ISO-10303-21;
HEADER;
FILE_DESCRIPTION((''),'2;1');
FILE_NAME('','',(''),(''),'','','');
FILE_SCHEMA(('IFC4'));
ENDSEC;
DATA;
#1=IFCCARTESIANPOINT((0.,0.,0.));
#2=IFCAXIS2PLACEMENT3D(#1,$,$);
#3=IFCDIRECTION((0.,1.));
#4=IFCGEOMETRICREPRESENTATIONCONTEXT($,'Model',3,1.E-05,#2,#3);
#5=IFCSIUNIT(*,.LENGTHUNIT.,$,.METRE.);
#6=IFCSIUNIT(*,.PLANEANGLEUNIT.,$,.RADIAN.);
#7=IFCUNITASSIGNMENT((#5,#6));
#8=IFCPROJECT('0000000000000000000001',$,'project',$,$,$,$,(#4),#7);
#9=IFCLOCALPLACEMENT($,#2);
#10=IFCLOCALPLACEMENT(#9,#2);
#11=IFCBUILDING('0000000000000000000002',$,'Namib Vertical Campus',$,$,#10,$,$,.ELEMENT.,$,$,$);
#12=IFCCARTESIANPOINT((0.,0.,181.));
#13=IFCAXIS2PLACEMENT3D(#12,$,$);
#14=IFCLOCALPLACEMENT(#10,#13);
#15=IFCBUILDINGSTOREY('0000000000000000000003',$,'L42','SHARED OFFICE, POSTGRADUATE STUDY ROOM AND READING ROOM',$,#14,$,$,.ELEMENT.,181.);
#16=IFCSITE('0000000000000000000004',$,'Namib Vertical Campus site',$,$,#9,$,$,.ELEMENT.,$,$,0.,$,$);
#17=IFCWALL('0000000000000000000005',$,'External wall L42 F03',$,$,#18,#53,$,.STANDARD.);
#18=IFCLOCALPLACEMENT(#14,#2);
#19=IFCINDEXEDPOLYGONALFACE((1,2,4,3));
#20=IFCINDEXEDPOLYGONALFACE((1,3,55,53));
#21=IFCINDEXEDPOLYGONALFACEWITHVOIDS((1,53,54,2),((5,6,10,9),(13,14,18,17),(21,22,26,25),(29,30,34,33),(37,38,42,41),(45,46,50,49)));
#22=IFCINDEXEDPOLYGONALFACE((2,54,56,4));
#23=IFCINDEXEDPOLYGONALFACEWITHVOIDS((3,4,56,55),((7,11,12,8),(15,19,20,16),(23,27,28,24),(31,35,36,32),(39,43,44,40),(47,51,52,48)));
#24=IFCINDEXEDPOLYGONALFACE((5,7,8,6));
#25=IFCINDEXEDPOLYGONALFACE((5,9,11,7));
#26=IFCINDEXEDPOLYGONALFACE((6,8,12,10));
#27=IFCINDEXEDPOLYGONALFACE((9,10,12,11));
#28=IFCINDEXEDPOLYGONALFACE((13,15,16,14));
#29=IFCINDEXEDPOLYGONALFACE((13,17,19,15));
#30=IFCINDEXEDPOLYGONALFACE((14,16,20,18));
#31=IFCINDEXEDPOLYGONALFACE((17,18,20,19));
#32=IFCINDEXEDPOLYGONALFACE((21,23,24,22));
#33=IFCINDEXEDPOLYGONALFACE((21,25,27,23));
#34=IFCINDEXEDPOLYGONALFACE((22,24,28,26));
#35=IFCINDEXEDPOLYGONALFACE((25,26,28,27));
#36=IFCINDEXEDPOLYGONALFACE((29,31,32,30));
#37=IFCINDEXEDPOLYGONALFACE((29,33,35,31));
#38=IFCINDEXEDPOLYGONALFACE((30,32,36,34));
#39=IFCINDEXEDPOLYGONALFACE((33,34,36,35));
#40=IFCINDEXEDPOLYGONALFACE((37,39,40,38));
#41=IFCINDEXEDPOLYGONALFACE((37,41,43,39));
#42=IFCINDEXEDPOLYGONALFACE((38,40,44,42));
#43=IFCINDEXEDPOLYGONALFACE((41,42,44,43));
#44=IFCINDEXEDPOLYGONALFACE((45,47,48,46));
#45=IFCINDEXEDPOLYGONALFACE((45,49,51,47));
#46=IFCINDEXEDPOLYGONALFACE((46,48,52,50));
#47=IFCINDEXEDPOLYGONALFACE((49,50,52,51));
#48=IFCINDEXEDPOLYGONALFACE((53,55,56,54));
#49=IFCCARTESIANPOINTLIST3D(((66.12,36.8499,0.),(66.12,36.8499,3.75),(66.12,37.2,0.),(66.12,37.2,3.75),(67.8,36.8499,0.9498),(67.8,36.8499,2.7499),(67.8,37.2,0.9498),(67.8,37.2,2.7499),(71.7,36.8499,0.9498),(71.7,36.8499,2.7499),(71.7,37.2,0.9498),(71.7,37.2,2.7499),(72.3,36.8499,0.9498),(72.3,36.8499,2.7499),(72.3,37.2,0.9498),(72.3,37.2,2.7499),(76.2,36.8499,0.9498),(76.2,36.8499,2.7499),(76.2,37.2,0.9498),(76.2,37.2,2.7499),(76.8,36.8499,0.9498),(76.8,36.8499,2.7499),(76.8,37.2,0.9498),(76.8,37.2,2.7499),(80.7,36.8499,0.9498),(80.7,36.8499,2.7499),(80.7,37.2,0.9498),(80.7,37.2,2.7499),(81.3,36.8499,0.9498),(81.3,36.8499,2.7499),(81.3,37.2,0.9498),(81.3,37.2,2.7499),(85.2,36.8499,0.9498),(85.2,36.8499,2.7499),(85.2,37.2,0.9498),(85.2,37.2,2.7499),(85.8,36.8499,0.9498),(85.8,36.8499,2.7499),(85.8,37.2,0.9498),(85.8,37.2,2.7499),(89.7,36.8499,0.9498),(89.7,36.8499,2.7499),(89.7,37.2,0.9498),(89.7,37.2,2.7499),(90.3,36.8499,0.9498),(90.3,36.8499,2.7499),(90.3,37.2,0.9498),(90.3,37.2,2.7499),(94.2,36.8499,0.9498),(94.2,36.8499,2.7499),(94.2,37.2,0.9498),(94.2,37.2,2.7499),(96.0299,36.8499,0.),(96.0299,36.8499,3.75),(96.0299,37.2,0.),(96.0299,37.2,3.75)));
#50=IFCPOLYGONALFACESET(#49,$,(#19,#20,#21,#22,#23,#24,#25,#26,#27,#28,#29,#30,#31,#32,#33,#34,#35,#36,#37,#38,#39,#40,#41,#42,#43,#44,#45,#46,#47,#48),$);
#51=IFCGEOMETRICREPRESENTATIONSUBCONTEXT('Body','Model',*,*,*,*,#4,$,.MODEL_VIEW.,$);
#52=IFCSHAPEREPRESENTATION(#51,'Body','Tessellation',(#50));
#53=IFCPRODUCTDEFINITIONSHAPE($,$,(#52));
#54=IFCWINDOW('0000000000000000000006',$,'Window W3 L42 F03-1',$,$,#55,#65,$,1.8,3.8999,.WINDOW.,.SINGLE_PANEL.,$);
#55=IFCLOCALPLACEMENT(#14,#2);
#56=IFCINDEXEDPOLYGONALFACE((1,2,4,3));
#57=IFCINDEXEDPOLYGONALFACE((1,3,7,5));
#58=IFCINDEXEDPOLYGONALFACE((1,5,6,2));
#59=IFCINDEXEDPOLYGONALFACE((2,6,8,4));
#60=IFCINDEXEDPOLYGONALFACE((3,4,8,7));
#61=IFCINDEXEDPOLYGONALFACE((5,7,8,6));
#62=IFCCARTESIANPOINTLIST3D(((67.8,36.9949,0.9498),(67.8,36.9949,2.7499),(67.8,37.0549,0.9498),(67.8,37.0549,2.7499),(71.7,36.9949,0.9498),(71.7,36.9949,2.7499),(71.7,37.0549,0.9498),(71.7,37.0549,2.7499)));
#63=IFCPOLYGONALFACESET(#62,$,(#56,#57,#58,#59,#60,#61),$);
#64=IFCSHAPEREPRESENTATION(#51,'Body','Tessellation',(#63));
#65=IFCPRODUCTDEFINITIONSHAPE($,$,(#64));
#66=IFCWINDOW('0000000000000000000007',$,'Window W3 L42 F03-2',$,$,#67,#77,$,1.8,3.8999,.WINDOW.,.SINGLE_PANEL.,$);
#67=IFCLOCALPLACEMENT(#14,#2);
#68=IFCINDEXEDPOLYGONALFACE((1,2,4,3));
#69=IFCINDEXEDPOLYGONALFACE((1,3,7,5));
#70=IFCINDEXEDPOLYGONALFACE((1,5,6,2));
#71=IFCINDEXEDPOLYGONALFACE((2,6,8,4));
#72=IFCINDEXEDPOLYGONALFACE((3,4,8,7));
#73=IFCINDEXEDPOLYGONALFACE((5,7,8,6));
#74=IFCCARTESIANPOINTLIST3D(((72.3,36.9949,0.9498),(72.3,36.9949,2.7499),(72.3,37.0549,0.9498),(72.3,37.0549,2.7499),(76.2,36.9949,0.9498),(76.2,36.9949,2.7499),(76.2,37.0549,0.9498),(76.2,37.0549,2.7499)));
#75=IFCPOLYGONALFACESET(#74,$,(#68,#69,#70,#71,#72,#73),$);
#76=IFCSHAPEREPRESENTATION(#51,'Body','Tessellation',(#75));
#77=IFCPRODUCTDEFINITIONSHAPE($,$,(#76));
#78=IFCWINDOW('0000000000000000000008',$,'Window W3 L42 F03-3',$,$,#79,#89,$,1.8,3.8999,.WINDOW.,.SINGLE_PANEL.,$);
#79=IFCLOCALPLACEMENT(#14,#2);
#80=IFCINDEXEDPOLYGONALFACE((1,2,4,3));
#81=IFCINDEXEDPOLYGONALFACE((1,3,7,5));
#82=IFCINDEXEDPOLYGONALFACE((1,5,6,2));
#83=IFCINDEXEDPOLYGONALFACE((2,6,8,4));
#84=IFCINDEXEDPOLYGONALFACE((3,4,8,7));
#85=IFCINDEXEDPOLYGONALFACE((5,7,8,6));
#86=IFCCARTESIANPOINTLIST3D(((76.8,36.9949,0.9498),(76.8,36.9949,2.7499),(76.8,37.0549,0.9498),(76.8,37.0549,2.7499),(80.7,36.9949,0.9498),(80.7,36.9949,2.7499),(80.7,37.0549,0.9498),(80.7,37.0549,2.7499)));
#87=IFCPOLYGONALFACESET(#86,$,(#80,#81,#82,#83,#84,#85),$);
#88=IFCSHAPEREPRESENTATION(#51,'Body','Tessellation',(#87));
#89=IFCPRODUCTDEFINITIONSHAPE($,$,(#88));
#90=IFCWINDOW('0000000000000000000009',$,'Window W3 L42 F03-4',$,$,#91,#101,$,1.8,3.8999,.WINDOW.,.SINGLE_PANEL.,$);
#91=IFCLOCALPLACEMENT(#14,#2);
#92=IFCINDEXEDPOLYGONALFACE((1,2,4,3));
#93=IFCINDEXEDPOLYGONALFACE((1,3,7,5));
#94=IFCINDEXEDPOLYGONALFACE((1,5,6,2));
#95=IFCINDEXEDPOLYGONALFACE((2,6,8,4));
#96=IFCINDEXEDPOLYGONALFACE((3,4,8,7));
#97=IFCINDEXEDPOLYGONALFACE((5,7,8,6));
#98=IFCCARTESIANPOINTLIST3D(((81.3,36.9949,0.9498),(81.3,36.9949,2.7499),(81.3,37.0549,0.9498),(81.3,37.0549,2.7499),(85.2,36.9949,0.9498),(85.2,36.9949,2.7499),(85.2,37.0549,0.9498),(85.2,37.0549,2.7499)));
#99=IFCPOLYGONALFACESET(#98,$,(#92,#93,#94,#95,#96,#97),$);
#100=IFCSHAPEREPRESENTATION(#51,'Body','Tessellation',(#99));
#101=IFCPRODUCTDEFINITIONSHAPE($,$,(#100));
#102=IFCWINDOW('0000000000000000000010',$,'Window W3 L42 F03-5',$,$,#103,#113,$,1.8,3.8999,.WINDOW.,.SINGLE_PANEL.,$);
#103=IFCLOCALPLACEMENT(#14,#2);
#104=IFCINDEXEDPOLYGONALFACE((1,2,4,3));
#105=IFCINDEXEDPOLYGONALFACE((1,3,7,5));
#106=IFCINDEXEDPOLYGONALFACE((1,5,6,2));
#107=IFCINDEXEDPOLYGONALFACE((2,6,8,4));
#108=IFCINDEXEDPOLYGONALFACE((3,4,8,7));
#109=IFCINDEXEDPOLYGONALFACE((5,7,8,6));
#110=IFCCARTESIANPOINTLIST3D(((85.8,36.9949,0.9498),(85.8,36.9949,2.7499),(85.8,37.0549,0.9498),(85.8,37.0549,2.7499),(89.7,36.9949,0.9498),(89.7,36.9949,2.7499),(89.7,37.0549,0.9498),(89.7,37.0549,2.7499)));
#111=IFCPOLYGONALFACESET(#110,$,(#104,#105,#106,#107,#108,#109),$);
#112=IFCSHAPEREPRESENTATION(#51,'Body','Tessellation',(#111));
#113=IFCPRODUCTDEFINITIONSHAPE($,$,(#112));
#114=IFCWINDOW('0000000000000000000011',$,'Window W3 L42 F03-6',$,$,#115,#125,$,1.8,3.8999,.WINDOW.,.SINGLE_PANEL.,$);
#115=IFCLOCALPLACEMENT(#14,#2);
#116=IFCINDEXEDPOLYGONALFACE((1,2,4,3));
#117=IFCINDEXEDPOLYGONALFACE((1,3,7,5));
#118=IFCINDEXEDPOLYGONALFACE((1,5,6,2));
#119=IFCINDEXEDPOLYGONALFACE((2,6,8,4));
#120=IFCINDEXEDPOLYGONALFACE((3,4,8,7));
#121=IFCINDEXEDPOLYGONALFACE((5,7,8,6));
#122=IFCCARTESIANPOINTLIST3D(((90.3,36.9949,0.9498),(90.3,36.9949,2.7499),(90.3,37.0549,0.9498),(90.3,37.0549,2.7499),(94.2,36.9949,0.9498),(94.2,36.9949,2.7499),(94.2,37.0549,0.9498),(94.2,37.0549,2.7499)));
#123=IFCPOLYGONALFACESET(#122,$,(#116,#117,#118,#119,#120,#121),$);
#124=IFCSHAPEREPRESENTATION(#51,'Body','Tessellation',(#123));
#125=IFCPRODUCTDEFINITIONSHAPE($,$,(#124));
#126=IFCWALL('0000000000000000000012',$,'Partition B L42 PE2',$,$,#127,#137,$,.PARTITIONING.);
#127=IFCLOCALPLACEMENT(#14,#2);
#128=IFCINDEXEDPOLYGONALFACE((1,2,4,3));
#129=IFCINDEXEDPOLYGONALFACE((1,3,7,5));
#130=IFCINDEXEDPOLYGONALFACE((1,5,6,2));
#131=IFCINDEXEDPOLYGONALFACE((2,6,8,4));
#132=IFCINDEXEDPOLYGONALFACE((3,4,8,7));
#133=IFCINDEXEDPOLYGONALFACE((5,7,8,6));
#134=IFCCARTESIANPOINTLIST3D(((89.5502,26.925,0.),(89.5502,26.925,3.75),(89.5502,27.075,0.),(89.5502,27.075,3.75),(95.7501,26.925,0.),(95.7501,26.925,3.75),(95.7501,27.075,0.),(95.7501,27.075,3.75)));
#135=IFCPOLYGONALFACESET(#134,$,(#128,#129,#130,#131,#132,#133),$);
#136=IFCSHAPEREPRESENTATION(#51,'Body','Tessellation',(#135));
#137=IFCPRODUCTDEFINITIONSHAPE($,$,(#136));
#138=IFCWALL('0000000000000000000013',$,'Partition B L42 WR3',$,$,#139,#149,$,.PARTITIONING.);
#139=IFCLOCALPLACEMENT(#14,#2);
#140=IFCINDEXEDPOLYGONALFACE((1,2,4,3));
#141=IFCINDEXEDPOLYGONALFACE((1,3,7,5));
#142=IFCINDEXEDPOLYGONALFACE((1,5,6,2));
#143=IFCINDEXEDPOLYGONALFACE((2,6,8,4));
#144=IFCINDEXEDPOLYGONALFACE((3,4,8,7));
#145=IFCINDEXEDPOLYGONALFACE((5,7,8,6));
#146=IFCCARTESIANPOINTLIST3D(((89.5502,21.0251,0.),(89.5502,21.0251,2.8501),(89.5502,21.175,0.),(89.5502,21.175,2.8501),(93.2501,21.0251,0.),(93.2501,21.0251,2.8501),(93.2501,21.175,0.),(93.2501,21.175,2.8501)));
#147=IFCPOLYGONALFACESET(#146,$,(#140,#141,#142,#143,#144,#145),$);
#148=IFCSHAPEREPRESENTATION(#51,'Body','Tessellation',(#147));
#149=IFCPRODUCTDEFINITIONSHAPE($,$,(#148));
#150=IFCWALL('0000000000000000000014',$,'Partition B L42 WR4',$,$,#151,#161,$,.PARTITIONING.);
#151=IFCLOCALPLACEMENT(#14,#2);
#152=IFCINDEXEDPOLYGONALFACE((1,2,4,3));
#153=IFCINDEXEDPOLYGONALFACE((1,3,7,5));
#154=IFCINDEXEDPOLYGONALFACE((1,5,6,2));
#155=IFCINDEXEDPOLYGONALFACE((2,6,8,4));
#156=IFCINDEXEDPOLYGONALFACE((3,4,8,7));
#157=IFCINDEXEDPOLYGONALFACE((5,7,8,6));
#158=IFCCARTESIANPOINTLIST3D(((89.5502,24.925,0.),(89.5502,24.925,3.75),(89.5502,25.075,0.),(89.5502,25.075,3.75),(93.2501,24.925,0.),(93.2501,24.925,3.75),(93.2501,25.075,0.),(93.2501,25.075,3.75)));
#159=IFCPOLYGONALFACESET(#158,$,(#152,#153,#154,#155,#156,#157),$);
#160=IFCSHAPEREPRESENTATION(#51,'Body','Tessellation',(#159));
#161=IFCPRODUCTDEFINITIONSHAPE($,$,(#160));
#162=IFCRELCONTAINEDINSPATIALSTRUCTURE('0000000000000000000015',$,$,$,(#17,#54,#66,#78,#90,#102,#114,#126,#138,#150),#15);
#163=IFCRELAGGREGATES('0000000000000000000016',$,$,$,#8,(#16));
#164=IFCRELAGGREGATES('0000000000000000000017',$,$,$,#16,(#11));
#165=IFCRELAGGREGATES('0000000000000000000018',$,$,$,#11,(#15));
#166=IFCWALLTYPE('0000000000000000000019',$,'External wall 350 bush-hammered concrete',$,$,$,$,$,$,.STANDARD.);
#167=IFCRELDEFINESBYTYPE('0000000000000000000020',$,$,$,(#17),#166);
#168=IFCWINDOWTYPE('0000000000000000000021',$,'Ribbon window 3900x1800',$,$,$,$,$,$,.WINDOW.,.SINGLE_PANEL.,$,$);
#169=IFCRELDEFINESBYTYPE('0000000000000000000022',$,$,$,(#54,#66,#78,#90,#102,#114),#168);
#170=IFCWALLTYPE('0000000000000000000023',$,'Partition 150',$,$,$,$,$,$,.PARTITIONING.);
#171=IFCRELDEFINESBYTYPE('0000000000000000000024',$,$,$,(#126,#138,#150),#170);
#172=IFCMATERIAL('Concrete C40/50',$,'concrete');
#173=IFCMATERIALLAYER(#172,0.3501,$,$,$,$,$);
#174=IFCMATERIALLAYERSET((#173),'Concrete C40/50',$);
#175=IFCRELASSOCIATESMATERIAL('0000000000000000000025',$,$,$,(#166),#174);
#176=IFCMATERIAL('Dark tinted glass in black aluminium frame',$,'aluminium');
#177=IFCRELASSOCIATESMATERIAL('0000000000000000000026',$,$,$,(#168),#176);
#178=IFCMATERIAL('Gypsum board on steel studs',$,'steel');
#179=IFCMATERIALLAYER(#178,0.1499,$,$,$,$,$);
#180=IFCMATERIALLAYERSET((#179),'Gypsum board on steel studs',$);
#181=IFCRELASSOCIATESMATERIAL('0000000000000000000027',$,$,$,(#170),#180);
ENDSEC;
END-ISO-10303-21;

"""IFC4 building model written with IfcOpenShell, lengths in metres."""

from ifc_helpers import new_model, si_unit, direction, frame, frame_2d, origin, place, context, subcontext, project, spatial, rectangle, extrude, material, layer, layer_set, type_object, element, fill, save


model = new_model("IFC4")

# Units and contexts
model_context = context("Model", 3, precision=1e-05, world=origin(), true_north=direction((0.0, 1.0)))
body_context = subcontext(model_context, "Body", "Model", "MODEL_VIEW")
ifc_project = project(units=[si_unit("LENGTHUNIT", "METRE"), si_unit("PLANEANGLEUNIT", "RADIAN")], contexts=[model_context])

# Site, building, storey
site_placement = place(None, origin())
site = spatial("IfcSite", under=ifc_project, at=site_placement, Name="Namib Vertical Campus site", CompositionType="ELEMENT", RefElevation=0.0)
building_placement = place(site_placement, origin())
building = spatial("IfcBuilding", under=site, at=building_placement, Name="Namib Vertical Campus", CompositionType="ELEMENT")
storey_placement = place(building_placement, frame((0.0, 0.0, 181.0)))
storey = spatial("IfcBuildingStorey", under=building, at=storey_placement, Name="L42", Description="SHARED OFFICE, POSTGRADUATE STUDY ROOM AND READING ROOM", CompositionType="ELEMENT", Elevation=181.0)

# Wall, openings, windows
ifc_material_1 = material(Name="Concrete C40/50", Category="concrete")
ifc_layer_1 = layer(ifc_material_1, 0.3501)
ifc_layer_set_1 = layer_set([ifc_layer_1], Name="Concrete C40/50")
wall_type_1 = type_object("IfcWallType", Name="External wall 350 bush-hammered concrete", PredefinedType="STANDARD", material=ifc_layer_set_1)
wall_1_placement = place(storey_placement, frame((96.03, 37.0249, 0.0), z_axis=(0.0, 0.0, 1.0), x_axis=(-1.0, 0.0, 0.0)))
wall_1 = element("IfcWall", 1, at=wall_1_placement, inside=storey, type_object=wall_type_1, Name="External wall L42 F03", PredefinedType="STANDARD", context=body_context, shape_type="SweptSolid", body=[
    extrude(rectangle(XDim=29.9099, YDim=0.3501, at=frame_2d((14.9551, 0.0))), origin(), (0.0, 0.0, 1.0), 3.75),
])
opening_1_placement = place(wall_1_placement, frame((24.3301, 0.0, 0.95)))
opening_1 = element("IfcOpeningElement", 2, at=opening_1_placement, cuts=wall_1, PredefinedType="OPENING", context=body_context, shape_type="SweptSolid", body=[
    extrude(rectangle(XDim=3.8999, YDim=1.8, at=frame_2d((1.95, 0.8999))), frame((0.0, 0.1851, 0.0), z_axis=(0.0, -1.0, 0.0), x_axis=(1.0, 0.0, 0.0)), (0.0, 0.0, 1.0), 0.3701),
])
opening_2_placement = place(wall_1_placement, frame((19.8301, 0.0, 0.95)))
opening_2 = element("IfcOpeningElement", 3, at=opening_2_placement, cuts=wall_1, PredefinedType="OPENING", context=body_context, shape_type="SweptSolid", body=[
    extrude(rectangle(XDim=3.8999, YDim=1.8, at=frame_2d((1.95, 0.8999))), frame((0.0, 0.1851, 0.0), z_axis=(0.0, -1.0, 0.0), x_axis=(1.0, 0.0, 0.0)), (0.0, 0.0, 1.0), 0.3701),
])
opening_3_placement = place(wall_1_placement, frame((15.3301, 0.0, 0.95)))
opening_3 = element("IfcOpeningElement", 4, at=opening_3_placement, cuts=wall_1, PredefinedType="OPENING", context=body_context, shape_type="SweptSolid", body=[
    extrude(rectangle(XDim=3.8999, YDim=1.8, at=frame_2d((1.95, 0.8999))), frame((0.0, 0.1851, 0.0), z_axis=(0.0, -1.0, 0.0), x_axis=(1.0, 0.0, 0.0)), (0.0, 0.0, 1.0), 0.3701),
])
opening_4_placement = place(wall_1_placement, frame((10.8301, 0.0, 0.95)))
opening_4 = element("IfcOpeningElement", 5, at=opening_4_placement, cuts=wall_1, PredefinedType="OPENING", context=body_context, shape_type="SweptSolid", body=[
    extrude(rectangle(XDim=3.8999, YDim=1.8, at=frame_2d((1.95, 0.8999))), frame((0.0, 0.1851, 0.0), z_axis=(0.0, -1.0, 0.0), x_axis=(1.0, 0.0, 0.0)), (0.0, 0.0, 1.0), 0.3701),
])
opening_5_placement = place(wall_1_placement, frame((6.3301, 0.0, 0.95)))
opening_5 = element("IfcOpeningElement", 6, at=opening_5_placement, cuts=wall_1, PredefinedType="OPENING", context=body_context, shape_type="SweptSolid", body=[
    extrude(rectangle(XDim=3.8999, YDim=1.8, at=frame_2d((1.95, 0.8999))), frame((0.0, 0.1851, 0.0), z_axis=(0.0, -1.0, 0.0), x_axis=(1.0, 0.0, 0.0)), (0.0, 0.0, 1.0), 0.3701),
])
opening_6_placement = place(wall_1_placement, frame((1.8301, 0.0, 0.95)))
opening_6 = element("IfcOpeningElement", 7, at=opening_6_placement, cuts=wall_1, PredefinedType="OPENING", context=body_context, shape_type="SweptSolid", body=[
    extrude(rectangle(XDim=3.8999, YDim=1.8, at=frame_2d((1.95, 0.8999))), frame((0.0, 0.1851, 0.0), z_axis=(0.0, -1.0, 0.0), x_axis=(1.0, 0.0, 0.0)), (0.0, 0.0, 1.0), 0.3701),
])
ifc_material_2 = material(Name="Dark tinted glass in black aluminium frame", Category="aluminium")
window_type = type_object("IfcWindowType", Name="Ribbon window 3900x1800", PartitioningType="SINGLE_PANEL", PredefinedType="WINDOW", material=ifc_material_2)
window_1_placement = place(opening_1_placement, origin())
window_1 = element("IfcWindow", 8, at=window_1_placement, inside=storey, type_object=window_type, Name="Window W3 L42 F03-1", OverallHeight=1.8, OverallWidth=3.8999, PartitioningType="SINGLE_PANEL", PredefinedType="WINDOW", context=body_context, shape_type="SweptSolid", body=[
    extrude(rectangle(XDim=3.8999, YDim=1.8, at=frame_2d((1.95, 0.8999))), frame((0.0, 0.03, 0.0), z_axis=(0.0, -1.0, 0.0), x_axis=(1.0, 0.0, 0.0)), (0.0, 0.0, 1.0), 0.0601),
])
fill(opening_1, window_1)
window_2_placement = place(opening_2_placement, origin())
window_2 = element("IfcWindow", 9, at=window_2_placement, inside=storey, type_object=window_type, Name="Window W3 L42 F03-2", OverallHeight=1.8, OverallWidth=3.8999, PartitioningType="SINGLE_PANEL", PredefinedType="WINDOW", context=body_context, shape_type="SweptSolid", body=[
    extrude(rectangle(XDim=3.8999, YDim=1.8, at=frame_2d((1.95, 0.8999))), frame((0.0, 0.03, 0.0), z_axis=(0.0, -1.0, 0.0), x_axis=(1.0, 0.0, 0.0)), (0.0, 0.0, 1.0), 0.0601),
])
fill(opening_2, window_2)
window_3_placement = place(opening_3_placement, origin())
window_3 = element("IfcWindow", 10, at=window_3_placement, inside=storey, type_object=window_type, Name="Window W3 L42 F03-3", OverallHeight=1.8, OverallWidth=3.8999, PartitioningType="SINGLE_PANEL", PredefinedType="WINDOW", context=body_context, shape_type="SweptSolid", body=[
    extrude(rectangle(XDim=3.8999, YDim=1.8, at=frame_2d((1.95, 0.8999))), frame((0.0, 0.03, 0.0), z_axis=(0.0, -1.0, 0.0), x_axis=(1.0, 0.0, 0.0)), (0.0, 0.0, 1.0), 0.0601),
])
fill(opening_3, window_3)
window_4_placement = place(opening_4_placement, origin())
window_4 = element("IfcWindow", 11, at=window_4_placement, inside=storey, type_object=window_type, Name="Window W3 L42 F03-4", OverallHeight=1.8, OverallWidth=3.8999, PartitioningType="SINGLE_PANEL", PredefinedType="WINDOW", context=body_context, shape_type="SweptSolid", body=[
    extrude(rectangle(XDim=3.8999, YDim=1.8, at=frame_2d((1.95, 0.8999))), frame((0.0, 0.03, 0.0), z_axis=(0.0, -1.0, 0.0), x_axis=(1.0, 0.0, 0.0)), (0.0, 0.0, 1.0), 0.0601),
])
fill(opening_4, window_4)
window_5_placement = place(opening_5_placement, origin())
window_5 = element("IfcWindow", 12, at=window_5_placement, inside=storey, type_object=window_type, Name="Window W3 L42 F03-5", OverallHeight=1.8, OverallWidth=3.8999, PartitioningType="SINGLE_PANEL", PredefinedType="WINDOW", context=body_context, shape_type="SweptSolid", body=[
    extrude(rectangle(XDim=3.8999, YDim=1.8, at=frame_2d((1.95, 0.8999))), frame((0.0, 0.03, 0.0), z_axis=(0.0, -1.0, 0.0), x_axis=(1.0, 0.0, 0.0)), (0.0, 0.0, 1.0), 0.0601),
])
fill(opening_5, window_5)
window_6_placement = place(opening_6_placement, origin())
window_6 = element("IfcWindow", 13, at=window_6_placement, inside=storey, type_object=window_type, Name="Window W3 L42 F03-6", OverallHeight=1.8, OverallWidth=3.8999, PartitioningType="SINGLE_PANEL", PredefinedType="WINDOW", context=body_context, shape_type="SweptSolid", body=[
    extrude(rectangle(XDim=3.8999, YDim=1.8, at=frame_2d((1.95, 0.8999))), frame((0.0, 0.03, 0.0), z_axis=(0.0, -1.0, 0.0), x_axis=(1.0, 0.0, 0.0)), (0.0, 0.0, 1.0), 0.0601),
])
fill(opening_6, window_6)

# Walls
ifc_material_3 = material(Name="Gypsum board on steel studs", Category="steel")
ifc_layer_2 = layer(ifc_material_3, 0.1499)
ifc_layer_set_2 = layer_set([ifc_layer_2], Name="Gypsum board on steel studs")
wall_type_2 = type_object("IfcWallType", Name="Partition 150", PredefinedType="PARTITIONING", material=ifc_layer_set_2)
wall_2_placement = place(storey_placement, frame((89.55, 27.0, 0.0), z_axis=(0.0, 0.0, 1.0), x_axis=(1.0, 0.0, 0.0)))
element("IfcWall", 14, at=wall_2_placement, inside=storey, type_object=wall_type_2, Name="Partition B L42 PE2", PredefinedType="PARTITIONING", context=body_context, shape_type="SweptSolid", body=[
    extrude(rectangle(XDim=6.2, YDim=0.1499, at=frame_2d((3.1001, 0.0))), origin(), (0.0, 0.0, 1.0), 3.75),
])
wall_3_placement = place(storey_placement, frame((89.55, 21.1001, 0.0), z_axis=(0.0, 0.0, 1.0), x_axis=(1.0, 0.0, 0.0)))
element("IfcWall", 15, at=wall_3_placement, inside=storey, type_object=wall_type_2, Name="Partition B L42 WR3", PredefinedType="PARTITIONING", context=body_context, shape_type="SweptSolid", body=[
    extrude(rectangle(XDim=3.7, YDim=0.1499, at=frame_2d((1.8501, 0.0))), origin(), (0.0, 0.0, 1.0), 2.8501),
])
wall_4_placement = place(storey_placement, frame((89.55, 25.0, 0.0), z_axis=(0.0, 0.0, 1.0), x_axis=(1.0, 0.0, 0.0)))
element("IfcWall", 16, at=wall_4_placement, inside=storey, type_object=wall_type_2, Name="Partition B L42 WR4", PredefinedType="PARTITIONING", context=body_context, shape_type="SweptSolid", body=[
    extrude(rectangle(XDim=3.7, YDim=0.1499, at=frame_2d((1.8501, 0.0))), origin(), (0.0, 0.0, 1.0), 3.75),
])

save(model, "model.ifc")
